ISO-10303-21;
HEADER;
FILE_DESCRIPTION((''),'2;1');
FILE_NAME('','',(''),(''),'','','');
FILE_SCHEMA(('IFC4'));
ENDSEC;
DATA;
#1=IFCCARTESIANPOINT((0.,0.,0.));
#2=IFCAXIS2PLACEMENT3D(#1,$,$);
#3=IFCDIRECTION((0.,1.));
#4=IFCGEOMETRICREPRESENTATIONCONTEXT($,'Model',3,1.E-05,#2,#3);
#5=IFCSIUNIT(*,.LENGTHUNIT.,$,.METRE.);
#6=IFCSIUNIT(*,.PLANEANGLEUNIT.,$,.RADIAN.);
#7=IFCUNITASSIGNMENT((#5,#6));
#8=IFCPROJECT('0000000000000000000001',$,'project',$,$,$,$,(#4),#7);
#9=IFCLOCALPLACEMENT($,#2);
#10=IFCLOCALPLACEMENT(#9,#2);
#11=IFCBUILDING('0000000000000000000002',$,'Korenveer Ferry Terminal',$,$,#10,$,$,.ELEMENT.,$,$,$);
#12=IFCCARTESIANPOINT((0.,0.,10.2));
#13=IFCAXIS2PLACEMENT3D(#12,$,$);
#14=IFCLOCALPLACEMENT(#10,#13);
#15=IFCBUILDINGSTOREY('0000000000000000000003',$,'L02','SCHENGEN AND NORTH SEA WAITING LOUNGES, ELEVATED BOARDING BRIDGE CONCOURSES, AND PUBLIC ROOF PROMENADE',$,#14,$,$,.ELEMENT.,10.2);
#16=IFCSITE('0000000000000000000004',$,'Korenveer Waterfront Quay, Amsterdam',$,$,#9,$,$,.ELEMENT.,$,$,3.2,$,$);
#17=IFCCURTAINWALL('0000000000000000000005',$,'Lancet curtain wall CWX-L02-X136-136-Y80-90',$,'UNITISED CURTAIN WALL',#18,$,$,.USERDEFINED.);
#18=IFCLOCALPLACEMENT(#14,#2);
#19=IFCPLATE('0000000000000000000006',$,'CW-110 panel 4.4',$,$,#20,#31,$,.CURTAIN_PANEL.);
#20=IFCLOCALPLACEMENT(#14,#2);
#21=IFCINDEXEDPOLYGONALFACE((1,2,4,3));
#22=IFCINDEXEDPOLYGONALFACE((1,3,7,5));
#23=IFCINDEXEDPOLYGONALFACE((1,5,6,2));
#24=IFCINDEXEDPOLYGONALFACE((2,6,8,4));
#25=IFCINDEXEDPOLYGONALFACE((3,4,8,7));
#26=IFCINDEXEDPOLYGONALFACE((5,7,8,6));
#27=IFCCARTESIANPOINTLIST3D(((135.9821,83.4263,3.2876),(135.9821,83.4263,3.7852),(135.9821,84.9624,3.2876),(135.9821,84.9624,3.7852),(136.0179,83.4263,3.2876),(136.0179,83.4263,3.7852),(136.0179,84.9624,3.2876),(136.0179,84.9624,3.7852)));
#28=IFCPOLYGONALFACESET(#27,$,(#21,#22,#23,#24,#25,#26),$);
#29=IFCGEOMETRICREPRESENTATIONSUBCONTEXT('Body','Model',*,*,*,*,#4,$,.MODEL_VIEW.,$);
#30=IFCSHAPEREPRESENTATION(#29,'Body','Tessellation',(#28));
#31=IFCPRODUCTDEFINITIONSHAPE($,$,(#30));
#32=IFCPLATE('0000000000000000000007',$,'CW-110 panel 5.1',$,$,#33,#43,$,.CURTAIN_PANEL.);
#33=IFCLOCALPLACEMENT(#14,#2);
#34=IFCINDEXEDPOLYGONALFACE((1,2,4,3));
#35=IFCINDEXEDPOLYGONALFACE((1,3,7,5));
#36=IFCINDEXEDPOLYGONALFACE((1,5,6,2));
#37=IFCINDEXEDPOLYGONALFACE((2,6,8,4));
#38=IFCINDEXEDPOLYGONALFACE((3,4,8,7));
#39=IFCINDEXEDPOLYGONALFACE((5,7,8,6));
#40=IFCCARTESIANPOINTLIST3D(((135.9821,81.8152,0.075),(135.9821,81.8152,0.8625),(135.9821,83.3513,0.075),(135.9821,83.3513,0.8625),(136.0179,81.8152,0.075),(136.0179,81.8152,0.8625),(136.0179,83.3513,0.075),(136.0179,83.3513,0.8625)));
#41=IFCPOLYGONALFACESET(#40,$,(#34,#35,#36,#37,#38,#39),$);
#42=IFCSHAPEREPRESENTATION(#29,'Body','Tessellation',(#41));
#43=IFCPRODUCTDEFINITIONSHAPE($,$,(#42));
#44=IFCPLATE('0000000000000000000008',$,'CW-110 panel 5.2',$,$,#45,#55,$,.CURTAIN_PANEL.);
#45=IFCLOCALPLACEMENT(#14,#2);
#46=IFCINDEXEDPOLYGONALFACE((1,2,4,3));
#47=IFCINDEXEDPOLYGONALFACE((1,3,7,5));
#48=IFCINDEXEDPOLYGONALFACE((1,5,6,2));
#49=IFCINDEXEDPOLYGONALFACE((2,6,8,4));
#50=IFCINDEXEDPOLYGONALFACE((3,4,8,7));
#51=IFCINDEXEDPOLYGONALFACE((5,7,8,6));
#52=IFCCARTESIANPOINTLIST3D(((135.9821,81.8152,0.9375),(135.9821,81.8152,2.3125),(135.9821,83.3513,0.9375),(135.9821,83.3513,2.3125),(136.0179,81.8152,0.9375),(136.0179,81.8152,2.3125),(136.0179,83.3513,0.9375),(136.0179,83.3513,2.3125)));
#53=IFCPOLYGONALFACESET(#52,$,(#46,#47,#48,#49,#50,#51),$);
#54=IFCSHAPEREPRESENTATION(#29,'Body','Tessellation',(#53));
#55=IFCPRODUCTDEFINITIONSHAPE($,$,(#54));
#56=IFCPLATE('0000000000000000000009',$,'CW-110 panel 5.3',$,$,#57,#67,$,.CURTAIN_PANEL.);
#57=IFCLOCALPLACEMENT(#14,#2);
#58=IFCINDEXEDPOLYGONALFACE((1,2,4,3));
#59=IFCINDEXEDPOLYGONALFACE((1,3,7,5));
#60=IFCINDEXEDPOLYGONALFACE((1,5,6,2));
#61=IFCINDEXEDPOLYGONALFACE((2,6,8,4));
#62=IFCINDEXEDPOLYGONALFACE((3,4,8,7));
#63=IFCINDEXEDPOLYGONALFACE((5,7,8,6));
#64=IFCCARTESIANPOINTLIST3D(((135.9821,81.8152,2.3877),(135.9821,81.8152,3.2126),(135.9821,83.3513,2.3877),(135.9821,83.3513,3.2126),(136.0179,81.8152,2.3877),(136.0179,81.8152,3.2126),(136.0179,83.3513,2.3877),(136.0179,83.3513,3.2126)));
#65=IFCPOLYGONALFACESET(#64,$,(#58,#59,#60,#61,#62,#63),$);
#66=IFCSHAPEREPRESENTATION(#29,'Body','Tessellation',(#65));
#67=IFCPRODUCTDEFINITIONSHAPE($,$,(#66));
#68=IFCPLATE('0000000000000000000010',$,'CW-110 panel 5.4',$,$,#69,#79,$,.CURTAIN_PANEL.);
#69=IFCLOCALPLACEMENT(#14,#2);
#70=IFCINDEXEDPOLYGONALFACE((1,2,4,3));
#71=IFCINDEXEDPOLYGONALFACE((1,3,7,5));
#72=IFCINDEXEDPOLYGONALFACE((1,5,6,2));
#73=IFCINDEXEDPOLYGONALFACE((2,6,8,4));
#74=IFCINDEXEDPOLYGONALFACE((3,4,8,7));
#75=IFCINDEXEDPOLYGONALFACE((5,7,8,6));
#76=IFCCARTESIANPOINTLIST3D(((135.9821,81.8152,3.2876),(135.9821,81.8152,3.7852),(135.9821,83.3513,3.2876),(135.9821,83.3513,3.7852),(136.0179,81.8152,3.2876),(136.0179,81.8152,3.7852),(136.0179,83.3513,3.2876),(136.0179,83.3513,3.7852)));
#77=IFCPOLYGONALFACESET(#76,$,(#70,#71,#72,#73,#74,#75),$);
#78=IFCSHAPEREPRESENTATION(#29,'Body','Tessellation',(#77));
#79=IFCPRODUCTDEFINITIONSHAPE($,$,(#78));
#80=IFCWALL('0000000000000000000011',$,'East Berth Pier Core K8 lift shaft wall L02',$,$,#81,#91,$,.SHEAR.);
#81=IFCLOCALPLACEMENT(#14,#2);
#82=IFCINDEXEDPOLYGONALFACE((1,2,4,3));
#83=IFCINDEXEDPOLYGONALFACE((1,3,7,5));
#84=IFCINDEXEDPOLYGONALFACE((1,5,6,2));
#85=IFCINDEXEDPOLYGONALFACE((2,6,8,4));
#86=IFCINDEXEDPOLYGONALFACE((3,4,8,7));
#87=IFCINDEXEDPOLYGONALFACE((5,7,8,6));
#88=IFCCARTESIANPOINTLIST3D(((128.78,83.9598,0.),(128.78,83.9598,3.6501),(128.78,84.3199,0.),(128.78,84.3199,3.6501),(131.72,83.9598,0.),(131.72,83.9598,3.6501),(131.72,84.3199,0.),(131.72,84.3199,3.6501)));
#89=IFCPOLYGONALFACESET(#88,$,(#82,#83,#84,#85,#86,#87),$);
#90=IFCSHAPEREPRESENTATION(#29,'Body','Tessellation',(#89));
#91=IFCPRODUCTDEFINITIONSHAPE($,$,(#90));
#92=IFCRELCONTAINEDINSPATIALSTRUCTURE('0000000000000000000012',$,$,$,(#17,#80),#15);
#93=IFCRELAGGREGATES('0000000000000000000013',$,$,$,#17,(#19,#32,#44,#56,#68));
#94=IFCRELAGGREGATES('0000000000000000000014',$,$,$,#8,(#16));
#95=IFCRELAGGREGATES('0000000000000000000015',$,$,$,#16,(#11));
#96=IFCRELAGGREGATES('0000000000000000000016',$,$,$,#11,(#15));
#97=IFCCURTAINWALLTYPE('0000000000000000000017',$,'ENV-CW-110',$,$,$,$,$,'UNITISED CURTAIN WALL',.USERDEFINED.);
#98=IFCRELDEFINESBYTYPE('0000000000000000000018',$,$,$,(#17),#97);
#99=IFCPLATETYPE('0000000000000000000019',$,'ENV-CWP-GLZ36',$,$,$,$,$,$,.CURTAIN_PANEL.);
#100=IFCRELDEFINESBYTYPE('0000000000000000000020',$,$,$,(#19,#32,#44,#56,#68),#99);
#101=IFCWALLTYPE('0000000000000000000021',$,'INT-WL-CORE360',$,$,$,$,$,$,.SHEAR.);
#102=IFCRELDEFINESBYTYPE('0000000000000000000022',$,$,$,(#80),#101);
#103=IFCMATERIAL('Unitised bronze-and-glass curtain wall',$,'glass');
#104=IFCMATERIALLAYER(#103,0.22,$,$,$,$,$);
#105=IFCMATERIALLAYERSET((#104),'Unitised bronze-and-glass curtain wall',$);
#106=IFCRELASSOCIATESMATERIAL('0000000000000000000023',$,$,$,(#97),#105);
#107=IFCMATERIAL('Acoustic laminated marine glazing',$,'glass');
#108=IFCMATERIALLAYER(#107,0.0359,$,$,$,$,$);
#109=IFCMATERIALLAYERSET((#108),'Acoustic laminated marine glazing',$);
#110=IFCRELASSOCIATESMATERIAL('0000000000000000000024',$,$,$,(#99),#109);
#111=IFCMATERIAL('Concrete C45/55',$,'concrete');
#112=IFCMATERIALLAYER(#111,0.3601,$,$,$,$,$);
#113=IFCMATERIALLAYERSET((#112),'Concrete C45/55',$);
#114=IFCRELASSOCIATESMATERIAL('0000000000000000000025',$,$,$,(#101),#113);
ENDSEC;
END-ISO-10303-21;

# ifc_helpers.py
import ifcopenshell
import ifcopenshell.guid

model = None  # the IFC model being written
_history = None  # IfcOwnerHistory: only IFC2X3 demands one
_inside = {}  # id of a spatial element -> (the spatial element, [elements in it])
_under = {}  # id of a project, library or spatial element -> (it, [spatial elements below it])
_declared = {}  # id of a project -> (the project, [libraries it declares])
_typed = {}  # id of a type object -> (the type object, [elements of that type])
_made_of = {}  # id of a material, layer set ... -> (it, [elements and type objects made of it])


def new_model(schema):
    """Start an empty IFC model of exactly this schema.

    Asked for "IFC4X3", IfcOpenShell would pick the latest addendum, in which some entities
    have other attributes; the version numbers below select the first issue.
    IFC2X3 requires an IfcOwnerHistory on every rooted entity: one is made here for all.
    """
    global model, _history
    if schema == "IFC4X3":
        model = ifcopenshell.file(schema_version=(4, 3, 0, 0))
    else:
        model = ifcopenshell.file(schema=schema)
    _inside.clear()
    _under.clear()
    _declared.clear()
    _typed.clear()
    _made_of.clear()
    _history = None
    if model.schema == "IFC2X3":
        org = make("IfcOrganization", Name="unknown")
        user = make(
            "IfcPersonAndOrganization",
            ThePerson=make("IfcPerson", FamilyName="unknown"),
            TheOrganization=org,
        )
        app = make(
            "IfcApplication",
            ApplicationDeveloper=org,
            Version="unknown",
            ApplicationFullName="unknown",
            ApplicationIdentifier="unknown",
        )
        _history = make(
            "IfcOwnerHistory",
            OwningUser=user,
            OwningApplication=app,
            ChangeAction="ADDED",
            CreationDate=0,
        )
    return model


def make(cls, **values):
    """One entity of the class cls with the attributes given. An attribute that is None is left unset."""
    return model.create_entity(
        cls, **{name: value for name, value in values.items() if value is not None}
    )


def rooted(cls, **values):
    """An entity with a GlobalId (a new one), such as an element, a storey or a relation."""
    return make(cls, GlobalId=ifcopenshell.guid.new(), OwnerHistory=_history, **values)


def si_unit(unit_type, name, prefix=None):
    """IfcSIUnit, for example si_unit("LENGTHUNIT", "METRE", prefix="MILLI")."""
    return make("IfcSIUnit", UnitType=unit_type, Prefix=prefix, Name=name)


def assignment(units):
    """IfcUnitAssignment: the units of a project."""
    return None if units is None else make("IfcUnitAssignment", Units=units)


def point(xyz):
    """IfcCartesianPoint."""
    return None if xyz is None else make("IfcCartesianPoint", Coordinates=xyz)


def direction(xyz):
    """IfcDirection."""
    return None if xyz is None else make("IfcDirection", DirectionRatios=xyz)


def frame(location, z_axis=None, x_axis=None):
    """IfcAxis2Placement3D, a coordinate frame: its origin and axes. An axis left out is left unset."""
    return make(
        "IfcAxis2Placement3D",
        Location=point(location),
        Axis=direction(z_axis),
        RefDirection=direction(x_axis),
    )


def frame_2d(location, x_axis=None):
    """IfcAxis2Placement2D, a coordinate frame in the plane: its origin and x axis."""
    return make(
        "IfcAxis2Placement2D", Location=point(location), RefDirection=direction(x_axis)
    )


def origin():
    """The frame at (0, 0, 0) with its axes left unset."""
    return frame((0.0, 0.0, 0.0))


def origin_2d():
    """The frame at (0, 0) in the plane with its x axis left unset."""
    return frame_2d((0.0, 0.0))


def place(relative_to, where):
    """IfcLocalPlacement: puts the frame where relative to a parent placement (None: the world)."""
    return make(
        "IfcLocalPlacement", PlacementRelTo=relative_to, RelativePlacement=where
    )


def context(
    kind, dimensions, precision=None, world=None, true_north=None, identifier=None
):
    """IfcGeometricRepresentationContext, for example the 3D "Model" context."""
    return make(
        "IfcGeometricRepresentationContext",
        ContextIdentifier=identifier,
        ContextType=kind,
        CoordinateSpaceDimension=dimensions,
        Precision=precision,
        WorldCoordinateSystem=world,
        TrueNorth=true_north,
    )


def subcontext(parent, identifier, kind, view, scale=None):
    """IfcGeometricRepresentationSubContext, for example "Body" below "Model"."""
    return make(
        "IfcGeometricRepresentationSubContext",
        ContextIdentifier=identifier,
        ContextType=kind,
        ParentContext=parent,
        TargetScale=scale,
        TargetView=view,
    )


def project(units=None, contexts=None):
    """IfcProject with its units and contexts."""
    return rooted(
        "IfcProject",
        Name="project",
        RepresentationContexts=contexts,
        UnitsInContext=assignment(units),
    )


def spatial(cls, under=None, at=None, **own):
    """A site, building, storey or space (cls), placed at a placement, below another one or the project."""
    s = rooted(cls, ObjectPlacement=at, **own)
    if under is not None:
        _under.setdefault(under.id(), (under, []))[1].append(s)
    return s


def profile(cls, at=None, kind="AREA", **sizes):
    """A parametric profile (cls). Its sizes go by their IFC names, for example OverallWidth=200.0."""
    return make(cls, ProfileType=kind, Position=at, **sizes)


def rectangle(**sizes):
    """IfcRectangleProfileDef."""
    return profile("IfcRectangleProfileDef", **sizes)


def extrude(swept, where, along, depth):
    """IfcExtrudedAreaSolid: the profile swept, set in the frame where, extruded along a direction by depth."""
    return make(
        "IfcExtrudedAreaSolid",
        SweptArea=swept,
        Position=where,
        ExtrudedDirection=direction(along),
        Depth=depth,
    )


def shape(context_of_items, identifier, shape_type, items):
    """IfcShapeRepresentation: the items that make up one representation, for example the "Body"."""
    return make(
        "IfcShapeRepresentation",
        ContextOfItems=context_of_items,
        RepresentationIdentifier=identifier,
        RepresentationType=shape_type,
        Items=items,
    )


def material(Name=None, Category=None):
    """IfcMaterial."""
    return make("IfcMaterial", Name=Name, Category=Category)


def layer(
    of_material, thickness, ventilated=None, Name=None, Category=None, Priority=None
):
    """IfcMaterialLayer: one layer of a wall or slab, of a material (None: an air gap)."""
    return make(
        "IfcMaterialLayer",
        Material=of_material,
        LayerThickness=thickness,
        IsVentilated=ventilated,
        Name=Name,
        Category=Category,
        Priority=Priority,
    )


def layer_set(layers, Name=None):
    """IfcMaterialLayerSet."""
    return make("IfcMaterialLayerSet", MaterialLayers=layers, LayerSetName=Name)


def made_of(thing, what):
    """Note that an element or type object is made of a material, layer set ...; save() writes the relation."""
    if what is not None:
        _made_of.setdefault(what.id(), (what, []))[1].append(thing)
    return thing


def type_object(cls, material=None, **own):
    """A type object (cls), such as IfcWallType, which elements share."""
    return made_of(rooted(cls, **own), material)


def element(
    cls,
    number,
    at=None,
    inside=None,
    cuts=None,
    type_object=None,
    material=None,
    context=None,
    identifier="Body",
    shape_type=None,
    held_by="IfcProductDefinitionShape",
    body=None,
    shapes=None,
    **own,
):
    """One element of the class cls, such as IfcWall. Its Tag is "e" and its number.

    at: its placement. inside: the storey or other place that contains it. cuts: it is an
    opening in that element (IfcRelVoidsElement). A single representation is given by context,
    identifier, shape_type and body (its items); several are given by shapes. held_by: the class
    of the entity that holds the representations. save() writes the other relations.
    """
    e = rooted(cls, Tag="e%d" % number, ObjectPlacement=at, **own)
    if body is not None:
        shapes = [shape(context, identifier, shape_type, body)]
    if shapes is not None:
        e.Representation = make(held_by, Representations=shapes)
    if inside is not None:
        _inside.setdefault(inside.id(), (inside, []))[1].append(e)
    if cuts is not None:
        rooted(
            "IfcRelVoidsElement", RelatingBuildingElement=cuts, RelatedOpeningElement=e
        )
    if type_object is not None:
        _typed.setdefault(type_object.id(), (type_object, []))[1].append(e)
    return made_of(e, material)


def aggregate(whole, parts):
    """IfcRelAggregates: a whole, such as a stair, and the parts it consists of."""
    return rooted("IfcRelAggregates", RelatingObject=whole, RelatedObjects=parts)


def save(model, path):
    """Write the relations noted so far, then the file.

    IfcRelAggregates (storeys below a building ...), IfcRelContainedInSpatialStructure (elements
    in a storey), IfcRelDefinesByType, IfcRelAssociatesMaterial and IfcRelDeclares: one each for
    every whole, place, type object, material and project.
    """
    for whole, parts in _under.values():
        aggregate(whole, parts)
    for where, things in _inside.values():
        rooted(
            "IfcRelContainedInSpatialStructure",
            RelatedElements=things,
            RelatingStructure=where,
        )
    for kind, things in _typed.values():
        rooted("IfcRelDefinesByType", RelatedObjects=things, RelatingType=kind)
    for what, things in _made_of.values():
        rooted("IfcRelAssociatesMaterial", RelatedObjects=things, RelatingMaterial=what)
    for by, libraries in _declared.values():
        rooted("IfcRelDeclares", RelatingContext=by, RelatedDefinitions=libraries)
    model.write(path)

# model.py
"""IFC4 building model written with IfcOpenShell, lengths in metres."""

from ifc_helpers import new_model, si_unit, direction, frame, frame_2d, origin, origin_2d, place, context, subcontext, project, spatial, rectangle, extrude, material, layer, layer_set, type_object, element, aggregate, save


model = new_model("IFC4")

# Units and contexts
model_context = context("Model", 3, precision=1e-05, world=origin(), true_north=direction((0.0, 1.0)))
body_context = subcontext(model_context, "Body", "Model", "MODEL_VIEW")
ifc_project = project(units=[si_unit("LENGTHUNIT", "METRE"), si_unit("PLANEANGLEUNIT", "RADIAN")], contexts=[model_context])

# Site, building, storey
site_placement = place(None, origin())
site = spatial("IfcSite", under=ifc_project, at=site_placement, Name="Korenveer Waterfront Quay, Amsterdam", CompositionType="ELEMENT", RefElevation=3.2)
building_placement = place(site_placement, origin())
building = spatial("IfcBuilding", under=site, at=building_placement, Name="Korenveer Ferry Terminal", CompositionType="ELEMENT")
storey_placement = place(building_placement, frame((0.0, 0.0, 10.2)))
storey = spatial("IfcBuildingStorey", under=building, at=storey_placement, Name="L02", Description="SCHENGEN AND NORTH SEA WAITING LOUNGES, ELEVATED BOARDING BRIDGE CONCOURSES, AND PUBLIC ROOF PROMENADE", CompositionType="ELEMENT", Elevation=10.2)

# Curtain wall, plates
ifc_material_1 = material(Name="Unitised bronze-and-glass curtain wall", Category="glass")
ifc_layer_1 = layer(ifc_material_1, 0.22)
ifc_layer_set_1 = layer_set([ifc_layer_1], Name="Unitised bronze-and-glass curtain wall")
curtain_wall_type = type_object("IfcCurtainWallType", Name="ENV-CW-110", ElementType="UNITISED CURTAIN WALL", PredefinedType="USERDEFINED", material=ifc_layer_set_1)
curtain_wall_placement = place(storey_placement, frame((136.0, 89.8335, 0.0)))
curtain_wall = element("IfcCurtainWall", 1, at=curtain_wall_placement, inside=storey, type_object=curtain_wall_type, Name="Lancet curtain wall CWX-L02-X136-136-Y80-90", ObjectType="UNITISED CURTAIN WALL", PredefinedType="USERDEFINED")
ifc_material_2 = material(Name="Acoustic laminated marine glazing", Category="glass")
ifc_layer_2 = layer(ifc_material_2, 0.0359)
ifc_layer_set_2 = layer_set([ifc_layer_2], Name="Acoustic laminated marine glazing")
plate_type = type_object("IfcPlateType", Name="ENV-CWP-GLZ36", PredefinedType="CURTAIN_PANEL", material=ifc_layer_set_2)
plate_1_placement = place(storey_placement, frame((136.0, 84.1943, 3.2876), z_axis=(0.0, 0.0, 1.0), x_axis=(0.0, -1.0, 0.0)))
plate_1 = element("IfcPlate", 2, at=plate_1_placement, type_object=plate_type, Name="CW-110 panel 4.4", PredefinedType="CURTAIN_PANEL", context=body_context, shape_type="SweptSolid", body=[
    extrude(rectangle(XDim=1.5361, YDim=0.0359, at=origin_2d()), origin(), (0.0, 0.0, 1.0), 0.4976),
])
plate_2_placement = place(storey_placement, frame((136.0, 82.5833, 0.075), z_axis=(0.0, 0.0, 1.0), x_axis=(0.0, -1.0, 0.0)))
plate_2 = element("IfcPlate", 3, at=plate_2_placement, type_object=plate_type, Name="CW-110 panel 5.1", PredefinedType="CURTAIN_PANEL", context=body_context, shape_type="SweptSolid", body=[
    extrude(rectangle(XDim=1.5361, YDim=0.0359, at=origin_2d()), origin(), (0.0, 0.0, 1.0), 0.7876),
])
plate_3_placement = place(storey_placement, frame((136.0, 82.5833, 0.9375), z_axis=(0.0, 0.0, 1.0), x_axis=(0.0, -1.0, 0.0)))
plate_3 = element("IfcPlate", 4, at=plate_3_placement, type_object=plate_type, Name="CW-110 panel 5.2", PredefinedType="CURTAIN_PANEL", context=body_context, shape_type="SweptSolid", body=[
    extrude(rectangle(XDim=1.5361, YDim=0.0359, at=origin_2d()), origin(), (0.0, 0.0, 1.0), 1.375),
])
plate_4_placement = place(storey_placement, frame((136.0, 82.5833, 2.3877), z_axis=(0.0, 0.0, 1.0), x_axis=(0.0, -1.0, 0.0)))
plate_4 = element("IfcPlate", 5, at=plate_4_placement, type_object=plate_type, Name="CW-110 panel 5.3", PredefinedType="CURTAIN_PANEL", context=body_context, shape_type="SweptSolid", body=[
    extrude(rectangle(XDim=1.5361, YDim=0.0359, at=origin_2d()), origin(), (0.0, 0.0, 1.0), 0.825),
])
plate_5_placement = place(storey_placement, frame((136.0, 82.5833, 3.2876), z_axis=(0.0, 0.0, 1.0), x_axis=(0.0, -1.0, 0.0)))
plate_5 = element("IfcPlate", 6, at=plate_5_placement, type_object=plate_type, Name="CW-110 panel 5.4", PredefinedType="CURTAIN_PANEL", context=body_context, shape_type="SweptSolid", body=[
    extrude(rectangle(XDim=1.5361, YDim=0.0359, at=origin_2d()), origin(), (0.0, 0.0, 1.0), 0.4976),
])
aggregate(curtain_wall, [plate_1, plate_2, plate_3, plate_4, plate_5])

# Wall
ifc_material_3 = material(Name="Concrete C45/55", Category="concrete")
ifc_layer_3 = layer(ifc_material_3, 0.3601)
ifc_layer_set_3 = layer_set([ifc_layer_3], Name="Concrete C45/55")
wall_type = type_object("IfcWallType", Name="INT-WL-CORE360", PredefinedType="SHEAR", material=ifc_layer_set_3)
wall_placement = place(storey_placement, frame((128.78, 84.1399, 0.0), z_axis=(0.0, 0.0, 1.0), x_axis=(1.0, 0.0, 0.0)))
element("IfcWall", 7, at=wall_placement, inside=storey, type_object=wall_type, Name="East Berth Pier Core K8 lift shaft wall L02", PredefinedType="SHEAR", context=body_context, shape_type="SweptSolid", body=[
    extrude(rectangle(XDim=2.9399, YDim=0.3601, at=frame_2d((1.47, 0.0))), origin(), (0.0, 0.0, 1.0), 3.6501),
])

save(model, "model.ifc")
